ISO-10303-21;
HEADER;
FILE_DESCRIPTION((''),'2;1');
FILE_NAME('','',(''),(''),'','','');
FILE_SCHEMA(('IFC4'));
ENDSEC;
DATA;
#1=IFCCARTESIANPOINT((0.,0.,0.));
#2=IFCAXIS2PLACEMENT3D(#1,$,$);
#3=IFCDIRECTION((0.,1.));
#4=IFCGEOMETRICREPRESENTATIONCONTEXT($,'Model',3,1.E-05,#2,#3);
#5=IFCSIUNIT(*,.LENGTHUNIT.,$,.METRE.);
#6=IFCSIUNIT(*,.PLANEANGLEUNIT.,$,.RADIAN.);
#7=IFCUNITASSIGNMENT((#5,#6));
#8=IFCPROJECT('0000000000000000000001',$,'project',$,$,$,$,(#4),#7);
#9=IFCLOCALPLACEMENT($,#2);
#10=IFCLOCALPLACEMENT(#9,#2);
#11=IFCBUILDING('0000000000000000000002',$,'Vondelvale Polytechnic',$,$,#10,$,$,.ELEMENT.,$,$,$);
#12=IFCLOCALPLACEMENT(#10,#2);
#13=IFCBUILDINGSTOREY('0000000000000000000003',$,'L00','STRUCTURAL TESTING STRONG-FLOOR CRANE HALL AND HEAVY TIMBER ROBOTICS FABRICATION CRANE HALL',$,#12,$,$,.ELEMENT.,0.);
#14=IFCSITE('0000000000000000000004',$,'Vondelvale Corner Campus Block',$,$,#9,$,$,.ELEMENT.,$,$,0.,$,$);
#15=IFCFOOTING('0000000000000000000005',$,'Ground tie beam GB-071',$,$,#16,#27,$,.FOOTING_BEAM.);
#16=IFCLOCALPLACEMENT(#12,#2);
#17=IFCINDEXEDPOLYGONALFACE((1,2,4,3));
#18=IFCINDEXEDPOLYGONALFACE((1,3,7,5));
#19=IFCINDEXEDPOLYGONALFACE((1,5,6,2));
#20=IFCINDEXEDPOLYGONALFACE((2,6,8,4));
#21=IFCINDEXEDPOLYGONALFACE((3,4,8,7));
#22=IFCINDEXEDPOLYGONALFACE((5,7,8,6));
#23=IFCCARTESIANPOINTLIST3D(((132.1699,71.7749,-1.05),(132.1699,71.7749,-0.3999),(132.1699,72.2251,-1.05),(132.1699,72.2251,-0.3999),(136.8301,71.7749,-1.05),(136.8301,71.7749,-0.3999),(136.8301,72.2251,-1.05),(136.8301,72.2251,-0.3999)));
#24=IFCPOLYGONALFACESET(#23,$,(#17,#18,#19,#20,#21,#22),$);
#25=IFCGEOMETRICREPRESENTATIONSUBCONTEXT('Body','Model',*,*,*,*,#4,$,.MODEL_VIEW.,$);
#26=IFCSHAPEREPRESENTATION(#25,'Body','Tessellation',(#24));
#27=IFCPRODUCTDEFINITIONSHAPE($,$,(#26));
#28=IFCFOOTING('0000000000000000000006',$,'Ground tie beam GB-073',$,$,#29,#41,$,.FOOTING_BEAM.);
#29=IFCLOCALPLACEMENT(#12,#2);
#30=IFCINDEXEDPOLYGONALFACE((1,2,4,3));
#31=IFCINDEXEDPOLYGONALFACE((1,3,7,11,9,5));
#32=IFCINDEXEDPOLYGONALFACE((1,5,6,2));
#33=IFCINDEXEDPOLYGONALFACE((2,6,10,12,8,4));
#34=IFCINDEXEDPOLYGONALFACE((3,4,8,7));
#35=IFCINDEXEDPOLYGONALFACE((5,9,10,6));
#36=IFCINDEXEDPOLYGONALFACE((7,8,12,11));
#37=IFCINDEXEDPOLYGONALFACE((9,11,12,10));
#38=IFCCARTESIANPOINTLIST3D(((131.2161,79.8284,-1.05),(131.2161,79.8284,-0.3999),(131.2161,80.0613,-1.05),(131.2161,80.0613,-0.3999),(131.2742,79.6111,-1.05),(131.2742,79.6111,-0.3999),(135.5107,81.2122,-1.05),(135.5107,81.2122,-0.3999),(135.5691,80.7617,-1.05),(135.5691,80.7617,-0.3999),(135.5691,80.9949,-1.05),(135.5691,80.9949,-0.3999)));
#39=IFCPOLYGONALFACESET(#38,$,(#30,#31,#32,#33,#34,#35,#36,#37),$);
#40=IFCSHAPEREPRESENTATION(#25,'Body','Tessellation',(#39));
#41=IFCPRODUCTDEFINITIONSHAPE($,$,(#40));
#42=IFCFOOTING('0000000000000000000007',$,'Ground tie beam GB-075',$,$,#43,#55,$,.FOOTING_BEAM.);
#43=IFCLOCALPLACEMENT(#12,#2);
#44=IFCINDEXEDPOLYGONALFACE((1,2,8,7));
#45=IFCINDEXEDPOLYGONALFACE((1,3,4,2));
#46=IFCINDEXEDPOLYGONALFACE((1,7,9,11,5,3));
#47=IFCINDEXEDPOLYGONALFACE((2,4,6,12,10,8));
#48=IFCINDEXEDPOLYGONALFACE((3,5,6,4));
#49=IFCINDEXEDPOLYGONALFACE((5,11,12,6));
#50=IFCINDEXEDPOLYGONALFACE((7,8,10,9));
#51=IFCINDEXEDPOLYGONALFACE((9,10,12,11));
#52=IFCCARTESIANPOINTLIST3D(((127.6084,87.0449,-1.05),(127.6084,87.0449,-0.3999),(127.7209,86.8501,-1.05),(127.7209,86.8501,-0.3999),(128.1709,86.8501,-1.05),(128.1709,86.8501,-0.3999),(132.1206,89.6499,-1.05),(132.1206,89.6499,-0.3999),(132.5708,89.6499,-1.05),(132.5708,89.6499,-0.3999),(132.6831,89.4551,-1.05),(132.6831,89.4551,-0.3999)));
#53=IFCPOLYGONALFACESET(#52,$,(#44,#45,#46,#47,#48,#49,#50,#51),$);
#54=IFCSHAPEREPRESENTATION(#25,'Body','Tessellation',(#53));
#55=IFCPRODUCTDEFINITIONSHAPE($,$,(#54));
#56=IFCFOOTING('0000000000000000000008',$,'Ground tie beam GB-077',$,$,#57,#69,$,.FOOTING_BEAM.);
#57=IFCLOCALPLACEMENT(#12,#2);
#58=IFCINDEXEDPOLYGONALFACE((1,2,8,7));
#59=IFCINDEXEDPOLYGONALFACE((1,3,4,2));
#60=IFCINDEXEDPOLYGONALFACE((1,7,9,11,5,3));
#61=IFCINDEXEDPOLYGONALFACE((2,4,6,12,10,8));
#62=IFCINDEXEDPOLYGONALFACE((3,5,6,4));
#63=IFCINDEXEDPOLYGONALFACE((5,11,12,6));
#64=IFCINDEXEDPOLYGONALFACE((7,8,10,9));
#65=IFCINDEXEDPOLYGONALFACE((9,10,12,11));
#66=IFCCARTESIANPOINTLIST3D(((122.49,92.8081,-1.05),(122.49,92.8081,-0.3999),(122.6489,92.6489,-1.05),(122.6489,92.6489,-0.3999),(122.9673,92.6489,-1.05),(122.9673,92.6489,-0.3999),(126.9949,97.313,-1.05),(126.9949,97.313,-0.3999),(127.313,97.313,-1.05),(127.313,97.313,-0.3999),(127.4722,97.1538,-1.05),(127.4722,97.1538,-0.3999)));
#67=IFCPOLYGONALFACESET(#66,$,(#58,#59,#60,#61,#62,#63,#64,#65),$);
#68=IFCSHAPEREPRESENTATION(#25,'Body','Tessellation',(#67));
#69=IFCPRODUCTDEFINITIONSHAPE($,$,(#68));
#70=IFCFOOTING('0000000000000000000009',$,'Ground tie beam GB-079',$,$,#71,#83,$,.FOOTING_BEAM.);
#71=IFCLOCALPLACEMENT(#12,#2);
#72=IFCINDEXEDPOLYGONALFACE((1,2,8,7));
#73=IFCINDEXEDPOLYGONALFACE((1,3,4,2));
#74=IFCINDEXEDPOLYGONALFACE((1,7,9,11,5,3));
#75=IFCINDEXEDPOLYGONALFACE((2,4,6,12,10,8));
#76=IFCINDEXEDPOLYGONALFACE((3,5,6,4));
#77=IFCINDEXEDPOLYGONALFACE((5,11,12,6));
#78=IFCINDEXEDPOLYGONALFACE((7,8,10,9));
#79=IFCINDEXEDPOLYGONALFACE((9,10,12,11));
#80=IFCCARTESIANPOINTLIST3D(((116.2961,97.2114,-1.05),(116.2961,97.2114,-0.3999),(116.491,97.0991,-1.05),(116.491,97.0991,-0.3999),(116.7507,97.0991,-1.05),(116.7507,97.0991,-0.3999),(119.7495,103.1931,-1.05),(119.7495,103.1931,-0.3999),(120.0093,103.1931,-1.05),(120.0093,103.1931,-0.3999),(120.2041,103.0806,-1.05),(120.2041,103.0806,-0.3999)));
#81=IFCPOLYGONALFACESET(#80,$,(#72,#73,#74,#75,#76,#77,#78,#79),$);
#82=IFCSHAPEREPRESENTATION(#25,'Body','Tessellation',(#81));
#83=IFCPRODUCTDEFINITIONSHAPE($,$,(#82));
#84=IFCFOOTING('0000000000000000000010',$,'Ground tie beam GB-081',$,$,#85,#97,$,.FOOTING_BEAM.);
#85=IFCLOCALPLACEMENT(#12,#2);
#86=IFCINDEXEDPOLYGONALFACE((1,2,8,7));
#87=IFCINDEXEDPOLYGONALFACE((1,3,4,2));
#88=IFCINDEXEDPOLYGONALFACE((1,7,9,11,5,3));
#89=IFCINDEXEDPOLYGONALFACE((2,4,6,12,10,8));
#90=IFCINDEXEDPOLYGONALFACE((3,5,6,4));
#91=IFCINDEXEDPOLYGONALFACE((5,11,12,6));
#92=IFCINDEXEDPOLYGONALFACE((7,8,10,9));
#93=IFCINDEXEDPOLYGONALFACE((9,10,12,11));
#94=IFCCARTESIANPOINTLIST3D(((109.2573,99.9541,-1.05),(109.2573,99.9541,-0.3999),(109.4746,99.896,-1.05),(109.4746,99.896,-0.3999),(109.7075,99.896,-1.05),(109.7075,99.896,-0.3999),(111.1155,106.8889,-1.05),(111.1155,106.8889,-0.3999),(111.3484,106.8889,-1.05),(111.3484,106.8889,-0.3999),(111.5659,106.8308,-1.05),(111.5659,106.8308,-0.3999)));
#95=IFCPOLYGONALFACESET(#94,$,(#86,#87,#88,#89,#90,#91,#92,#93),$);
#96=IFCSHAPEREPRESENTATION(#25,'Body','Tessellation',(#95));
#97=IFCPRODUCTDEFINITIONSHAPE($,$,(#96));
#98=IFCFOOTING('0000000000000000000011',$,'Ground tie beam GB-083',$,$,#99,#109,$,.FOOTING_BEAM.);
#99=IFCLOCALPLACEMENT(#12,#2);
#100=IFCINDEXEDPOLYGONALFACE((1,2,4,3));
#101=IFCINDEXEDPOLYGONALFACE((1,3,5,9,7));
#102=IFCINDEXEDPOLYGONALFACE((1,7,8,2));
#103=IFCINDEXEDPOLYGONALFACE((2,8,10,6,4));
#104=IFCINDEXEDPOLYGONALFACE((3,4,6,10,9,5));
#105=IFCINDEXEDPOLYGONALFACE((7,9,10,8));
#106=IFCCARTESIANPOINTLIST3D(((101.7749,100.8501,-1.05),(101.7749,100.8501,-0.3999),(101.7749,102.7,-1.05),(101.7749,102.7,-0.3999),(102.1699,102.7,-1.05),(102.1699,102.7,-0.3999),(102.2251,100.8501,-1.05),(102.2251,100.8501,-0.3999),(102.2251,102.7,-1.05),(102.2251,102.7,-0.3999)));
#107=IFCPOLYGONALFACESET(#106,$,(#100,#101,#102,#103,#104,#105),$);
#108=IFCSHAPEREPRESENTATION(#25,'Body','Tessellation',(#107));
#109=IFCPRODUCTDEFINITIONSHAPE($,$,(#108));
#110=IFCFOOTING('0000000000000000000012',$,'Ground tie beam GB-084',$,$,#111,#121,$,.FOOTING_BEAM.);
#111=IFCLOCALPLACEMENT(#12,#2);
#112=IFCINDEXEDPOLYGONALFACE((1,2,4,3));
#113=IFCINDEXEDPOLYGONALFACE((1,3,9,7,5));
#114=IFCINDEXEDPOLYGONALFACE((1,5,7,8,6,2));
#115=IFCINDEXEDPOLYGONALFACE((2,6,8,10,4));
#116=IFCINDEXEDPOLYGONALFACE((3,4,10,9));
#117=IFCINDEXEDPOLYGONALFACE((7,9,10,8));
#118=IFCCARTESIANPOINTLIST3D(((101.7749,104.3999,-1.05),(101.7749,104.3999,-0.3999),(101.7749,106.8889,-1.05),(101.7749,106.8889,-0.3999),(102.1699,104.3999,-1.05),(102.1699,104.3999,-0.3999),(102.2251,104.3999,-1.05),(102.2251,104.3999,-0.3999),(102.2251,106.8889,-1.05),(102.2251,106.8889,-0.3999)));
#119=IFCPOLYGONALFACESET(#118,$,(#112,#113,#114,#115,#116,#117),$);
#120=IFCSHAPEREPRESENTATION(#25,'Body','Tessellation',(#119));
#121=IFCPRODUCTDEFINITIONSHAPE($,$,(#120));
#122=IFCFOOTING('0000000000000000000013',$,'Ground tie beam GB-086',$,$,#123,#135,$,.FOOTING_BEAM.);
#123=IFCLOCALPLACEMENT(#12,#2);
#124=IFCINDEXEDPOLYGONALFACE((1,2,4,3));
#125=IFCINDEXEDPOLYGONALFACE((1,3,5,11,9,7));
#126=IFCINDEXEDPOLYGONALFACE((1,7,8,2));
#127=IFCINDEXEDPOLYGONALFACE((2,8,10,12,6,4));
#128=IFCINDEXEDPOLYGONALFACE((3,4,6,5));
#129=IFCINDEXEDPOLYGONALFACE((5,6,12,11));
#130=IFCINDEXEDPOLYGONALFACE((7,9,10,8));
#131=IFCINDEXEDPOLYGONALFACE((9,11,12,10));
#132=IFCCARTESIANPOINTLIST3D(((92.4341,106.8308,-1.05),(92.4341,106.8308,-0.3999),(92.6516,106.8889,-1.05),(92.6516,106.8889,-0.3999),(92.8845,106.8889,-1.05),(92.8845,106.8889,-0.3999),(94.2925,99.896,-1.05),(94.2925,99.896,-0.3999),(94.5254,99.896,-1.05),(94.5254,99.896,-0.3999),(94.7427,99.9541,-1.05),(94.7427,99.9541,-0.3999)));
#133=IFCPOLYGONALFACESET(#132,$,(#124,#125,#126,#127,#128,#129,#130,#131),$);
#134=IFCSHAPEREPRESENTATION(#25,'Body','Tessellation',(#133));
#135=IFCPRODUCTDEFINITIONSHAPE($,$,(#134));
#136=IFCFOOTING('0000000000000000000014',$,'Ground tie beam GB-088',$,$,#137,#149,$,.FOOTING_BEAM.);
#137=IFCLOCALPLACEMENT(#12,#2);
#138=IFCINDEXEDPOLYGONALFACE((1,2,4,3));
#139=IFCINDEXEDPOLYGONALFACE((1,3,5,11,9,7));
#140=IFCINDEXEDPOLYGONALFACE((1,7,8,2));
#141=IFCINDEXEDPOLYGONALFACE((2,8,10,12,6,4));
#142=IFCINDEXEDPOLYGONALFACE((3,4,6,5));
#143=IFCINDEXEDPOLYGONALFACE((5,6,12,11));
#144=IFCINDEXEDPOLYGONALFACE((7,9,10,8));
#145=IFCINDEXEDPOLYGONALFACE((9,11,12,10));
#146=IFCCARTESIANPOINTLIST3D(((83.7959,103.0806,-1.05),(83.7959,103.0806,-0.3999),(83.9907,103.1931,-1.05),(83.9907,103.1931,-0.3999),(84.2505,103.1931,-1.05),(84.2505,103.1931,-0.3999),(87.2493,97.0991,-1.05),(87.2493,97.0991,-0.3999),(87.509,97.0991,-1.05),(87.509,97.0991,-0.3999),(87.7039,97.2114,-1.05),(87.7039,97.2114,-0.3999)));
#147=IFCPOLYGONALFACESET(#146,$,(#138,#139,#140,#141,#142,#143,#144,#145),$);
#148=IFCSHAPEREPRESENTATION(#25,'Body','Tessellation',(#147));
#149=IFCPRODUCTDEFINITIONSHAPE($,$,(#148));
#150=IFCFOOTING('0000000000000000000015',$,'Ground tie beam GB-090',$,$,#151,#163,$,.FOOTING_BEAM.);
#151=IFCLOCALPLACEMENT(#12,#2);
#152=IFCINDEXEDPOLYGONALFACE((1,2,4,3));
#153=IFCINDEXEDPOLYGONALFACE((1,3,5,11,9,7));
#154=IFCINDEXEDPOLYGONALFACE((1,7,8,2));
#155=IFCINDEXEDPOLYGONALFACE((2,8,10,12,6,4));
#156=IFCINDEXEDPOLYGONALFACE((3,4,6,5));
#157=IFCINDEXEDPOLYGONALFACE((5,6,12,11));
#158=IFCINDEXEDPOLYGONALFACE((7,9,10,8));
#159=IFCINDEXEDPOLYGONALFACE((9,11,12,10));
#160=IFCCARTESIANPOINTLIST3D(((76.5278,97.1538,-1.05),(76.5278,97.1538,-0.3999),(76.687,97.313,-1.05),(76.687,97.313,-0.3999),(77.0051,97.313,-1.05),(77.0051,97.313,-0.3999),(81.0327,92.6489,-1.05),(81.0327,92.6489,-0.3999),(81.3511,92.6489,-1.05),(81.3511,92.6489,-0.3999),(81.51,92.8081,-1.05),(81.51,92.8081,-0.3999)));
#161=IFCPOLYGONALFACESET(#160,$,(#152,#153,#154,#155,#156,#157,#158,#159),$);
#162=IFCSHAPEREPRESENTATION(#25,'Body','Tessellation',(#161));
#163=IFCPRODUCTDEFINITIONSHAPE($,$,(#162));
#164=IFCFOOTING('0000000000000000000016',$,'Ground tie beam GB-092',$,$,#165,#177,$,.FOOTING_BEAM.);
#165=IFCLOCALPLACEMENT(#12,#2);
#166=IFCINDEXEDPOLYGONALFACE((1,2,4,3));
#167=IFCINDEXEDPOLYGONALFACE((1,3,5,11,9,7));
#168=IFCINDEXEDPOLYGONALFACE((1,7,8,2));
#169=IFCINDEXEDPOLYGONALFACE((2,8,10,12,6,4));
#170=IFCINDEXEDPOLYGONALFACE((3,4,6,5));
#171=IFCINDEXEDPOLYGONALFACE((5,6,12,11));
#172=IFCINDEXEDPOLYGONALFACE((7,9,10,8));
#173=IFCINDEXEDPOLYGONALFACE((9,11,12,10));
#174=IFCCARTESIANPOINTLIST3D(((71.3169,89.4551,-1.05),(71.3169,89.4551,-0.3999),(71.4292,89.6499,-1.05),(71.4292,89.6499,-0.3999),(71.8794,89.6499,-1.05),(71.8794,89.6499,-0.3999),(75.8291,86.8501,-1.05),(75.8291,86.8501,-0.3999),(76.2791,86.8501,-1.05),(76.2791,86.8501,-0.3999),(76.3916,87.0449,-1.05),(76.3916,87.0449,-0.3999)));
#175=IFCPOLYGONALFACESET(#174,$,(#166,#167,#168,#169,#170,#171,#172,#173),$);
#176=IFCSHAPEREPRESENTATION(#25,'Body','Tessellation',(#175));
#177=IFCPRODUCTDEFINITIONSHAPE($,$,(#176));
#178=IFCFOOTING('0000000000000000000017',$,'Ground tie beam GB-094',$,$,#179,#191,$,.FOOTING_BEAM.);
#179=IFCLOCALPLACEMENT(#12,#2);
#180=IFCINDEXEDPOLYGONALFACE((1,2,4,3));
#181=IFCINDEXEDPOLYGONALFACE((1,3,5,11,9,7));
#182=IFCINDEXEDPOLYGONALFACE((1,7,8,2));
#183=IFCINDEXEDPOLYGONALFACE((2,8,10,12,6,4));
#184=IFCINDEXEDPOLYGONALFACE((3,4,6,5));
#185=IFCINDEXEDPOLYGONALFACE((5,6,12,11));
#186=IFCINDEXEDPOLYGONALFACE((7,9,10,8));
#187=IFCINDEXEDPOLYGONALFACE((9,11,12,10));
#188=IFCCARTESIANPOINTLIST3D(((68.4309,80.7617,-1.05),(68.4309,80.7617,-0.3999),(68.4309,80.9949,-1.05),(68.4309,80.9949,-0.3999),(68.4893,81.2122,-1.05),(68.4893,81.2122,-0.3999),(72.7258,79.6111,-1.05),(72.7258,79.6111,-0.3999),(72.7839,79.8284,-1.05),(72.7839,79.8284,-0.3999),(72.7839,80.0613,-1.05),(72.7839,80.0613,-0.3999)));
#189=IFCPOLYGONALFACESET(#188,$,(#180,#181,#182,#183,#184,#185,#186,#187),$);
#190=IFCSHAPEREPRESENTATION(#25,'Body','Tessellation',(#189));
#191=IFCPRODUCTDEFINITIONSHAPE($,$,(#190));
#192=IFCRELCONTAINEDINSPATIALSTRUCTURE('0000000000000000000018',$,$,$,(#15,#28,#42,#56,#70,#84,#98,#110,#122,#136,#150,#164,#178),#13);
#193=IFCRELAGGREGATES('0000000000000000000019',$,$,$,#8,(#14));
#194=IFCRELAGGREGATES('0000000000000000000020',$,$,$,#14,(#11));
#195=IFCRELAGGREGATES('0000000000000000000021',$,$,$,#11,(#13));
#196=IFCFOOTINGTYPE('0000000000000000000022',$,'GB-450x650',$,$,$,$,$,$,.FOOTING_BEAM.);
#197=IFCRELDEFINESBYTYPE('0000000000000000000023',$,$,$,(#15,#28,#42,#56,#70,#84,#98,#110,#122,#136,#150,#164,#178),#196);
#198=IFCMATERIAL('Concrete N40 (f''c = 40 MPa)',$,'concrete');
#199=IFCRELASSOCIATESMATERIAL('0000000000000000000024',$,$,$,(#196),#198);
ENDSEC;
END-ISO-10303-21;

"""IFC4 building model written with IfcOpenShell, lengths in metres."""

from ifc_helpers import new_model, si_unit, direction, frame, origin, place, context, subcontext, project, spatial, polyline, outline, extrude, material, type_object, element, save


model = new_model("IFC4")

# Units and contexts
model_context = context("Model", 3, precision=1e-05, world=origin(), true_north=direction((0.0, 1.0)))
body_context = subcontext(model_context, "Body", "Model", "MODEL_VIEW")
ifc_project = project(units=[si_unit("LENGTHUNIT", "METRE"), si_unit("PLANEANGLEUNIT", "RADIAN")], contexts=[model_context])

# Site, building, storey
site_placement = place(None, origin())
site = spatial("IfcSite", under=ifc_project, at=site_placement, Name="Vondelvale Corner Campus Block", CompositionType="ELEMENT", RefElevation=0.0)
building_placement = place(site_placement, origin())
building = spatial("IfcBuilding", under=site, at=building_placement, Name="Vondelvale Polytechnic", CompositionType="ELEMENT")
storey_placement = place(building_placement, origin())
storey = spatial("IfcBuildingStorey", under=building, at=storey_placement, Name="L00", Description="STRUCTURAL TESTING STRONG-FLOOR CRANE HALL AND HEAVY TIMBER ROBOTICS FABRICATION CRANE HALL", CompositionType="ELEMENT", Elevation=0.0)

# Footings
ifc_material = material(Name="Concrete N40 (f'c = 40 MPa)", Category="concrete")
footing_type_1 = type_object("IfcFootingType", Name="GB-450x650", PredefinedType="FOOTING_BEAM", material=ifc_material)
footing_1_placement = place(storey_placement, frame((0.0, 0.0, -1.05)))
element("IfcFooting", 1, at=footing_1_placement, inside=storey, type_object=footing_type_1, Name="Ground tie beam GB-071", PredefinedType="FOOTING_BEAM", context=body_context, shape_type="SweptSolid", body=[
    extrude(outline(polyline([(132.1699, 71.7749), (132.1699, 72.2251), (136.8301, 72.2251), (136.8301, 71.7749), (132.1699, 71.7749)])), origin(), (0.0, 0.0, 1.0), 0.6501),
])
footing_2_placement = place(storey_placement, frame((0.0, 0.0, -1.05)))
element("IfcFooting", 2, at=footing_2_placement, inside=storey, type_object=footing_type_1, Name="Ground tie beam GB-073", PredefinedType="FOOTING_BEAM", context=body_context, shape_type="SweptSolid", body=[
    extrude(outline(polyline([(131.2742, 79.6111), (131.2161, 79.8284), (131.2161, 80.0613), (135.5107, 81.2122), (135.5691, 80.9949), (135.5691, 80.7617), (131.2742, 79.6111)])), origin(), (0.0, 0.0, 1.0), 0.6501),
])
footing_3_placement = place(storey_placement, frame((0.0, 0.0, -1.05)))
element("IfcFooting", 3, at=footing_3_placement, inside=storey, type_object=footing_type_1, Name="Ground tie beam GB-075", PredefinedType="FOOTING_BEAM", context=body_context, shape_type="SweptSolid", body=[
    extrude(outline(polyline([(132.6831, 89.4551), (128.1709, 86.8501), (127.7209, 86.8501), (127.6084, 87.0449), (132.1206, 89.6499), (132.5708, 89.6499), (132.6831, 89.4551)])), origin(), (0.0, 0.0, 1.0), 0.6501),
])
footing_4_placement = place(storey_placement, frame((0.0, 0.0, -1.05)))
element("IfcFooting", 4, at=footing_4_placement, inside=storey, type_object=footing_type_1, Name="Ground tie beam GB-077", PredefinedType="FOOTING_BEAM", context=body_context, shape_type="SweptSolid", body=[
    extrude(outline(polyline([(127.4722, 97.1538), (122.9673, 92.6489), (122.6489, 92.6489), (122.49, 92.8081), (126.9949, 97.313), (127.313, 97.313), (127.4722, 97.1538)])), origin(), (0.0, 0.0, 1.0), 0.6501),
])
footing_5_placement = place(storey_placement, frame((0.0, 0.0, -1.05)))
element("IfcFooting", 5, at=footing_5_placement, inside=storey, type_object=footing_type_1, Name="Ground tie beam GB-079", PredefinedType="FOOTING_BEAM", context=body_context, shape_type="SweptSolid", body=[
    extrude(outline(polyline([(120.2041, 103.0806), (116.7507, 97.0991), (116.491, 97.0991), (116.2961, 97.2114), (119.7495, 103.1931), (120.0093, 103.1931), (120.2041, 103.0806)])), origin(), (0.0, 0.0, 1.0), 0.6501),
])
footing_6_placement = place(storey_placement, frame((0.0, 0.0, -1.05)))
element("IfcFooting", 6, at=footing_6_placement, inside=storey, type_object=footing_type_1, Name="Ground tie beam GB-081", PredefinedType="FOOTING_BEAM", context=body_context, shape_type="SweptSolid", body=[
    extrude(outline(polyline([(111.5659, 106.8308), (109.7075, 99.896), (109.4746, 99.896), (109.2573, 99.9541), (111.1155, 106.8889), (111.3484, 106.8889), (111.5659, 106.8308)])), origin(), (0.0, 0.0, 1.0), 0.6501),
])
footing_7_placement = place(storey_placement, frame((0.0, 0.0, -1.05)))
element("IfcFooting", 7, at=footing_7_placement, inside=storey, type_object=footing_type_1, Name="Ground tie beam GB-083", PredefinedType="FOOTING_BEAM", context=body_context, shape_type="SweptSolid", body=[
    extrude(outline(polyline([(102.2251, 102.7), (102.2251, 100.8501), (101.7749, 100.8501), (101.7749, 102.7), (102.1699, 102.7), (102.2251, 102.7)])), origin(), (0.0, 0.0, 1.0), 0.6501),
])
footing_8_placement = place(storey_placement, frame((0.0, 0.0, -1.05)))
element("IfcFooting", 8, at=footing_8_placement, inside=storey, type_object=footing_type_1, Name="Ground tie beam GB-084", PredefinedType="FOOTING_BEAM", context=body_context, shape_type="SweptSolid", body=[
    extrude(outline(polyline([(102.2251, 104.3999), (102.1699, 104.3999), (101.7749, 104.3999), (101.7749, 106.8889), (102.2251, 106.8889), (102.2251, 104.3999)])), origin(), (0.0, 0.0, 1.0), 0.6501),
])
footing_9_placement = place(storey_placement, frame((0.0, 0.0, -1.05)))
element("IfcFooting", 9, at=footing_9_placement, inside=storey, type_object=footing_type_1, Name="Ground tie beam GB-086", PredefinedType="FOOTING_BEAM", context=body_context, shape_type="SweptSolid", body=[
    extrude(outline(polyline([(94.7427, 99.9541), (94.5254, 99.896), (94.2925, 99.896), (92.4341, 106.8308), (92.6516, 106.8889), (92.8845, 106.8889), (94.7427, 99.9541)])), origin(), (0.0, 0.0, 1.0), 0.6501),
])
footing_10_placement = place(storey_placement, frame((0.0, 0.0, -1.05)))
element("IfcFooting", 10, at=footing_10_placement, inside=storey, type_object=footing_type_1, Name="Ground tie beam GB-088", PredefinedType="FOOTING_BEAM", context=body_context, shape_type="SweptSolid", body=[
    extrude(outline(polyline([(87.7039, 97.2114), (87.509, 97.0991), (87.2493, 97.0991), (83.7959, 103.0806), (83.9907, 103.1931), (84.2505, 103.1931), (87.7039, 97.2114)])), origin(), (0.0, 0.0, 1.0), 0.6501),
])
footing_11_placement = place(storey_placement, frame((0.0, 0.0, -1.05)))
element("IfcFooting", 11, at=footing_11_placement, inside=storey, type_object=footing_type_1, Name="Ground tie beam GB-090", PredefinedType="FOOTING_BEAM", context=body_context, shape_type="SweptSolid", body=[
    extrude(outline(polyline([(81.51, 92.8081), (81.3511, 92.6489), (81.0327, 92.6489), (76.5278, 97.1538), (76.687, 97.313), (77.0051, 97.313), (81.51, 92.8081)])), origin(), (0.0, 0.0, 1.0), 0.6501),
])
footing_12_placement = place(storey_placement, frame((0.0, 0.0, -1.05)))
element("IfcFooting", 12, at=footing_12_placement, inside=storey, type_object=footing_type_1, Name="Ground tie beam GB-092", PredefinedType="FOOTING_BEAM", context=body_context, shape_type="SweptSolid", body=[
    extrude(outline(polyline([(76.3916, 87.0449), (76.2791, 86.8501), (75.8291, 86.8501), (71.3169, 89.4551), (71.4292, 89.6499), (71.8794, 89.6499), (76.3916, 87.0449)])), origin(), (0.0, 0.0, 1.0), 0.6501),
])
footing_13_placement = place(storey_placement, frame((0.0, 0.0, -1.05)))
element("IfcFooting", 13, at=footing_13_placement, inside=storey, type_object=footing_type_1, Name="Ground tie beam GB-094", PredefinedType="FOOTING_BEAM", context=body_context, shape_type="SweptSolid", body=[
    extrude(outline(polyline([(68.4893, 81.2122), (72.7839, 80.0613), (72.7839, 79.8284), (72.7258, 79.6111), (68.4309, 80.7617), (68.4309, 80.9949), (68.4893, 81.2122)])), origin(), (0.0, 0.0, 1.0), 0.6501),
])

save(model, "model.ifc")
